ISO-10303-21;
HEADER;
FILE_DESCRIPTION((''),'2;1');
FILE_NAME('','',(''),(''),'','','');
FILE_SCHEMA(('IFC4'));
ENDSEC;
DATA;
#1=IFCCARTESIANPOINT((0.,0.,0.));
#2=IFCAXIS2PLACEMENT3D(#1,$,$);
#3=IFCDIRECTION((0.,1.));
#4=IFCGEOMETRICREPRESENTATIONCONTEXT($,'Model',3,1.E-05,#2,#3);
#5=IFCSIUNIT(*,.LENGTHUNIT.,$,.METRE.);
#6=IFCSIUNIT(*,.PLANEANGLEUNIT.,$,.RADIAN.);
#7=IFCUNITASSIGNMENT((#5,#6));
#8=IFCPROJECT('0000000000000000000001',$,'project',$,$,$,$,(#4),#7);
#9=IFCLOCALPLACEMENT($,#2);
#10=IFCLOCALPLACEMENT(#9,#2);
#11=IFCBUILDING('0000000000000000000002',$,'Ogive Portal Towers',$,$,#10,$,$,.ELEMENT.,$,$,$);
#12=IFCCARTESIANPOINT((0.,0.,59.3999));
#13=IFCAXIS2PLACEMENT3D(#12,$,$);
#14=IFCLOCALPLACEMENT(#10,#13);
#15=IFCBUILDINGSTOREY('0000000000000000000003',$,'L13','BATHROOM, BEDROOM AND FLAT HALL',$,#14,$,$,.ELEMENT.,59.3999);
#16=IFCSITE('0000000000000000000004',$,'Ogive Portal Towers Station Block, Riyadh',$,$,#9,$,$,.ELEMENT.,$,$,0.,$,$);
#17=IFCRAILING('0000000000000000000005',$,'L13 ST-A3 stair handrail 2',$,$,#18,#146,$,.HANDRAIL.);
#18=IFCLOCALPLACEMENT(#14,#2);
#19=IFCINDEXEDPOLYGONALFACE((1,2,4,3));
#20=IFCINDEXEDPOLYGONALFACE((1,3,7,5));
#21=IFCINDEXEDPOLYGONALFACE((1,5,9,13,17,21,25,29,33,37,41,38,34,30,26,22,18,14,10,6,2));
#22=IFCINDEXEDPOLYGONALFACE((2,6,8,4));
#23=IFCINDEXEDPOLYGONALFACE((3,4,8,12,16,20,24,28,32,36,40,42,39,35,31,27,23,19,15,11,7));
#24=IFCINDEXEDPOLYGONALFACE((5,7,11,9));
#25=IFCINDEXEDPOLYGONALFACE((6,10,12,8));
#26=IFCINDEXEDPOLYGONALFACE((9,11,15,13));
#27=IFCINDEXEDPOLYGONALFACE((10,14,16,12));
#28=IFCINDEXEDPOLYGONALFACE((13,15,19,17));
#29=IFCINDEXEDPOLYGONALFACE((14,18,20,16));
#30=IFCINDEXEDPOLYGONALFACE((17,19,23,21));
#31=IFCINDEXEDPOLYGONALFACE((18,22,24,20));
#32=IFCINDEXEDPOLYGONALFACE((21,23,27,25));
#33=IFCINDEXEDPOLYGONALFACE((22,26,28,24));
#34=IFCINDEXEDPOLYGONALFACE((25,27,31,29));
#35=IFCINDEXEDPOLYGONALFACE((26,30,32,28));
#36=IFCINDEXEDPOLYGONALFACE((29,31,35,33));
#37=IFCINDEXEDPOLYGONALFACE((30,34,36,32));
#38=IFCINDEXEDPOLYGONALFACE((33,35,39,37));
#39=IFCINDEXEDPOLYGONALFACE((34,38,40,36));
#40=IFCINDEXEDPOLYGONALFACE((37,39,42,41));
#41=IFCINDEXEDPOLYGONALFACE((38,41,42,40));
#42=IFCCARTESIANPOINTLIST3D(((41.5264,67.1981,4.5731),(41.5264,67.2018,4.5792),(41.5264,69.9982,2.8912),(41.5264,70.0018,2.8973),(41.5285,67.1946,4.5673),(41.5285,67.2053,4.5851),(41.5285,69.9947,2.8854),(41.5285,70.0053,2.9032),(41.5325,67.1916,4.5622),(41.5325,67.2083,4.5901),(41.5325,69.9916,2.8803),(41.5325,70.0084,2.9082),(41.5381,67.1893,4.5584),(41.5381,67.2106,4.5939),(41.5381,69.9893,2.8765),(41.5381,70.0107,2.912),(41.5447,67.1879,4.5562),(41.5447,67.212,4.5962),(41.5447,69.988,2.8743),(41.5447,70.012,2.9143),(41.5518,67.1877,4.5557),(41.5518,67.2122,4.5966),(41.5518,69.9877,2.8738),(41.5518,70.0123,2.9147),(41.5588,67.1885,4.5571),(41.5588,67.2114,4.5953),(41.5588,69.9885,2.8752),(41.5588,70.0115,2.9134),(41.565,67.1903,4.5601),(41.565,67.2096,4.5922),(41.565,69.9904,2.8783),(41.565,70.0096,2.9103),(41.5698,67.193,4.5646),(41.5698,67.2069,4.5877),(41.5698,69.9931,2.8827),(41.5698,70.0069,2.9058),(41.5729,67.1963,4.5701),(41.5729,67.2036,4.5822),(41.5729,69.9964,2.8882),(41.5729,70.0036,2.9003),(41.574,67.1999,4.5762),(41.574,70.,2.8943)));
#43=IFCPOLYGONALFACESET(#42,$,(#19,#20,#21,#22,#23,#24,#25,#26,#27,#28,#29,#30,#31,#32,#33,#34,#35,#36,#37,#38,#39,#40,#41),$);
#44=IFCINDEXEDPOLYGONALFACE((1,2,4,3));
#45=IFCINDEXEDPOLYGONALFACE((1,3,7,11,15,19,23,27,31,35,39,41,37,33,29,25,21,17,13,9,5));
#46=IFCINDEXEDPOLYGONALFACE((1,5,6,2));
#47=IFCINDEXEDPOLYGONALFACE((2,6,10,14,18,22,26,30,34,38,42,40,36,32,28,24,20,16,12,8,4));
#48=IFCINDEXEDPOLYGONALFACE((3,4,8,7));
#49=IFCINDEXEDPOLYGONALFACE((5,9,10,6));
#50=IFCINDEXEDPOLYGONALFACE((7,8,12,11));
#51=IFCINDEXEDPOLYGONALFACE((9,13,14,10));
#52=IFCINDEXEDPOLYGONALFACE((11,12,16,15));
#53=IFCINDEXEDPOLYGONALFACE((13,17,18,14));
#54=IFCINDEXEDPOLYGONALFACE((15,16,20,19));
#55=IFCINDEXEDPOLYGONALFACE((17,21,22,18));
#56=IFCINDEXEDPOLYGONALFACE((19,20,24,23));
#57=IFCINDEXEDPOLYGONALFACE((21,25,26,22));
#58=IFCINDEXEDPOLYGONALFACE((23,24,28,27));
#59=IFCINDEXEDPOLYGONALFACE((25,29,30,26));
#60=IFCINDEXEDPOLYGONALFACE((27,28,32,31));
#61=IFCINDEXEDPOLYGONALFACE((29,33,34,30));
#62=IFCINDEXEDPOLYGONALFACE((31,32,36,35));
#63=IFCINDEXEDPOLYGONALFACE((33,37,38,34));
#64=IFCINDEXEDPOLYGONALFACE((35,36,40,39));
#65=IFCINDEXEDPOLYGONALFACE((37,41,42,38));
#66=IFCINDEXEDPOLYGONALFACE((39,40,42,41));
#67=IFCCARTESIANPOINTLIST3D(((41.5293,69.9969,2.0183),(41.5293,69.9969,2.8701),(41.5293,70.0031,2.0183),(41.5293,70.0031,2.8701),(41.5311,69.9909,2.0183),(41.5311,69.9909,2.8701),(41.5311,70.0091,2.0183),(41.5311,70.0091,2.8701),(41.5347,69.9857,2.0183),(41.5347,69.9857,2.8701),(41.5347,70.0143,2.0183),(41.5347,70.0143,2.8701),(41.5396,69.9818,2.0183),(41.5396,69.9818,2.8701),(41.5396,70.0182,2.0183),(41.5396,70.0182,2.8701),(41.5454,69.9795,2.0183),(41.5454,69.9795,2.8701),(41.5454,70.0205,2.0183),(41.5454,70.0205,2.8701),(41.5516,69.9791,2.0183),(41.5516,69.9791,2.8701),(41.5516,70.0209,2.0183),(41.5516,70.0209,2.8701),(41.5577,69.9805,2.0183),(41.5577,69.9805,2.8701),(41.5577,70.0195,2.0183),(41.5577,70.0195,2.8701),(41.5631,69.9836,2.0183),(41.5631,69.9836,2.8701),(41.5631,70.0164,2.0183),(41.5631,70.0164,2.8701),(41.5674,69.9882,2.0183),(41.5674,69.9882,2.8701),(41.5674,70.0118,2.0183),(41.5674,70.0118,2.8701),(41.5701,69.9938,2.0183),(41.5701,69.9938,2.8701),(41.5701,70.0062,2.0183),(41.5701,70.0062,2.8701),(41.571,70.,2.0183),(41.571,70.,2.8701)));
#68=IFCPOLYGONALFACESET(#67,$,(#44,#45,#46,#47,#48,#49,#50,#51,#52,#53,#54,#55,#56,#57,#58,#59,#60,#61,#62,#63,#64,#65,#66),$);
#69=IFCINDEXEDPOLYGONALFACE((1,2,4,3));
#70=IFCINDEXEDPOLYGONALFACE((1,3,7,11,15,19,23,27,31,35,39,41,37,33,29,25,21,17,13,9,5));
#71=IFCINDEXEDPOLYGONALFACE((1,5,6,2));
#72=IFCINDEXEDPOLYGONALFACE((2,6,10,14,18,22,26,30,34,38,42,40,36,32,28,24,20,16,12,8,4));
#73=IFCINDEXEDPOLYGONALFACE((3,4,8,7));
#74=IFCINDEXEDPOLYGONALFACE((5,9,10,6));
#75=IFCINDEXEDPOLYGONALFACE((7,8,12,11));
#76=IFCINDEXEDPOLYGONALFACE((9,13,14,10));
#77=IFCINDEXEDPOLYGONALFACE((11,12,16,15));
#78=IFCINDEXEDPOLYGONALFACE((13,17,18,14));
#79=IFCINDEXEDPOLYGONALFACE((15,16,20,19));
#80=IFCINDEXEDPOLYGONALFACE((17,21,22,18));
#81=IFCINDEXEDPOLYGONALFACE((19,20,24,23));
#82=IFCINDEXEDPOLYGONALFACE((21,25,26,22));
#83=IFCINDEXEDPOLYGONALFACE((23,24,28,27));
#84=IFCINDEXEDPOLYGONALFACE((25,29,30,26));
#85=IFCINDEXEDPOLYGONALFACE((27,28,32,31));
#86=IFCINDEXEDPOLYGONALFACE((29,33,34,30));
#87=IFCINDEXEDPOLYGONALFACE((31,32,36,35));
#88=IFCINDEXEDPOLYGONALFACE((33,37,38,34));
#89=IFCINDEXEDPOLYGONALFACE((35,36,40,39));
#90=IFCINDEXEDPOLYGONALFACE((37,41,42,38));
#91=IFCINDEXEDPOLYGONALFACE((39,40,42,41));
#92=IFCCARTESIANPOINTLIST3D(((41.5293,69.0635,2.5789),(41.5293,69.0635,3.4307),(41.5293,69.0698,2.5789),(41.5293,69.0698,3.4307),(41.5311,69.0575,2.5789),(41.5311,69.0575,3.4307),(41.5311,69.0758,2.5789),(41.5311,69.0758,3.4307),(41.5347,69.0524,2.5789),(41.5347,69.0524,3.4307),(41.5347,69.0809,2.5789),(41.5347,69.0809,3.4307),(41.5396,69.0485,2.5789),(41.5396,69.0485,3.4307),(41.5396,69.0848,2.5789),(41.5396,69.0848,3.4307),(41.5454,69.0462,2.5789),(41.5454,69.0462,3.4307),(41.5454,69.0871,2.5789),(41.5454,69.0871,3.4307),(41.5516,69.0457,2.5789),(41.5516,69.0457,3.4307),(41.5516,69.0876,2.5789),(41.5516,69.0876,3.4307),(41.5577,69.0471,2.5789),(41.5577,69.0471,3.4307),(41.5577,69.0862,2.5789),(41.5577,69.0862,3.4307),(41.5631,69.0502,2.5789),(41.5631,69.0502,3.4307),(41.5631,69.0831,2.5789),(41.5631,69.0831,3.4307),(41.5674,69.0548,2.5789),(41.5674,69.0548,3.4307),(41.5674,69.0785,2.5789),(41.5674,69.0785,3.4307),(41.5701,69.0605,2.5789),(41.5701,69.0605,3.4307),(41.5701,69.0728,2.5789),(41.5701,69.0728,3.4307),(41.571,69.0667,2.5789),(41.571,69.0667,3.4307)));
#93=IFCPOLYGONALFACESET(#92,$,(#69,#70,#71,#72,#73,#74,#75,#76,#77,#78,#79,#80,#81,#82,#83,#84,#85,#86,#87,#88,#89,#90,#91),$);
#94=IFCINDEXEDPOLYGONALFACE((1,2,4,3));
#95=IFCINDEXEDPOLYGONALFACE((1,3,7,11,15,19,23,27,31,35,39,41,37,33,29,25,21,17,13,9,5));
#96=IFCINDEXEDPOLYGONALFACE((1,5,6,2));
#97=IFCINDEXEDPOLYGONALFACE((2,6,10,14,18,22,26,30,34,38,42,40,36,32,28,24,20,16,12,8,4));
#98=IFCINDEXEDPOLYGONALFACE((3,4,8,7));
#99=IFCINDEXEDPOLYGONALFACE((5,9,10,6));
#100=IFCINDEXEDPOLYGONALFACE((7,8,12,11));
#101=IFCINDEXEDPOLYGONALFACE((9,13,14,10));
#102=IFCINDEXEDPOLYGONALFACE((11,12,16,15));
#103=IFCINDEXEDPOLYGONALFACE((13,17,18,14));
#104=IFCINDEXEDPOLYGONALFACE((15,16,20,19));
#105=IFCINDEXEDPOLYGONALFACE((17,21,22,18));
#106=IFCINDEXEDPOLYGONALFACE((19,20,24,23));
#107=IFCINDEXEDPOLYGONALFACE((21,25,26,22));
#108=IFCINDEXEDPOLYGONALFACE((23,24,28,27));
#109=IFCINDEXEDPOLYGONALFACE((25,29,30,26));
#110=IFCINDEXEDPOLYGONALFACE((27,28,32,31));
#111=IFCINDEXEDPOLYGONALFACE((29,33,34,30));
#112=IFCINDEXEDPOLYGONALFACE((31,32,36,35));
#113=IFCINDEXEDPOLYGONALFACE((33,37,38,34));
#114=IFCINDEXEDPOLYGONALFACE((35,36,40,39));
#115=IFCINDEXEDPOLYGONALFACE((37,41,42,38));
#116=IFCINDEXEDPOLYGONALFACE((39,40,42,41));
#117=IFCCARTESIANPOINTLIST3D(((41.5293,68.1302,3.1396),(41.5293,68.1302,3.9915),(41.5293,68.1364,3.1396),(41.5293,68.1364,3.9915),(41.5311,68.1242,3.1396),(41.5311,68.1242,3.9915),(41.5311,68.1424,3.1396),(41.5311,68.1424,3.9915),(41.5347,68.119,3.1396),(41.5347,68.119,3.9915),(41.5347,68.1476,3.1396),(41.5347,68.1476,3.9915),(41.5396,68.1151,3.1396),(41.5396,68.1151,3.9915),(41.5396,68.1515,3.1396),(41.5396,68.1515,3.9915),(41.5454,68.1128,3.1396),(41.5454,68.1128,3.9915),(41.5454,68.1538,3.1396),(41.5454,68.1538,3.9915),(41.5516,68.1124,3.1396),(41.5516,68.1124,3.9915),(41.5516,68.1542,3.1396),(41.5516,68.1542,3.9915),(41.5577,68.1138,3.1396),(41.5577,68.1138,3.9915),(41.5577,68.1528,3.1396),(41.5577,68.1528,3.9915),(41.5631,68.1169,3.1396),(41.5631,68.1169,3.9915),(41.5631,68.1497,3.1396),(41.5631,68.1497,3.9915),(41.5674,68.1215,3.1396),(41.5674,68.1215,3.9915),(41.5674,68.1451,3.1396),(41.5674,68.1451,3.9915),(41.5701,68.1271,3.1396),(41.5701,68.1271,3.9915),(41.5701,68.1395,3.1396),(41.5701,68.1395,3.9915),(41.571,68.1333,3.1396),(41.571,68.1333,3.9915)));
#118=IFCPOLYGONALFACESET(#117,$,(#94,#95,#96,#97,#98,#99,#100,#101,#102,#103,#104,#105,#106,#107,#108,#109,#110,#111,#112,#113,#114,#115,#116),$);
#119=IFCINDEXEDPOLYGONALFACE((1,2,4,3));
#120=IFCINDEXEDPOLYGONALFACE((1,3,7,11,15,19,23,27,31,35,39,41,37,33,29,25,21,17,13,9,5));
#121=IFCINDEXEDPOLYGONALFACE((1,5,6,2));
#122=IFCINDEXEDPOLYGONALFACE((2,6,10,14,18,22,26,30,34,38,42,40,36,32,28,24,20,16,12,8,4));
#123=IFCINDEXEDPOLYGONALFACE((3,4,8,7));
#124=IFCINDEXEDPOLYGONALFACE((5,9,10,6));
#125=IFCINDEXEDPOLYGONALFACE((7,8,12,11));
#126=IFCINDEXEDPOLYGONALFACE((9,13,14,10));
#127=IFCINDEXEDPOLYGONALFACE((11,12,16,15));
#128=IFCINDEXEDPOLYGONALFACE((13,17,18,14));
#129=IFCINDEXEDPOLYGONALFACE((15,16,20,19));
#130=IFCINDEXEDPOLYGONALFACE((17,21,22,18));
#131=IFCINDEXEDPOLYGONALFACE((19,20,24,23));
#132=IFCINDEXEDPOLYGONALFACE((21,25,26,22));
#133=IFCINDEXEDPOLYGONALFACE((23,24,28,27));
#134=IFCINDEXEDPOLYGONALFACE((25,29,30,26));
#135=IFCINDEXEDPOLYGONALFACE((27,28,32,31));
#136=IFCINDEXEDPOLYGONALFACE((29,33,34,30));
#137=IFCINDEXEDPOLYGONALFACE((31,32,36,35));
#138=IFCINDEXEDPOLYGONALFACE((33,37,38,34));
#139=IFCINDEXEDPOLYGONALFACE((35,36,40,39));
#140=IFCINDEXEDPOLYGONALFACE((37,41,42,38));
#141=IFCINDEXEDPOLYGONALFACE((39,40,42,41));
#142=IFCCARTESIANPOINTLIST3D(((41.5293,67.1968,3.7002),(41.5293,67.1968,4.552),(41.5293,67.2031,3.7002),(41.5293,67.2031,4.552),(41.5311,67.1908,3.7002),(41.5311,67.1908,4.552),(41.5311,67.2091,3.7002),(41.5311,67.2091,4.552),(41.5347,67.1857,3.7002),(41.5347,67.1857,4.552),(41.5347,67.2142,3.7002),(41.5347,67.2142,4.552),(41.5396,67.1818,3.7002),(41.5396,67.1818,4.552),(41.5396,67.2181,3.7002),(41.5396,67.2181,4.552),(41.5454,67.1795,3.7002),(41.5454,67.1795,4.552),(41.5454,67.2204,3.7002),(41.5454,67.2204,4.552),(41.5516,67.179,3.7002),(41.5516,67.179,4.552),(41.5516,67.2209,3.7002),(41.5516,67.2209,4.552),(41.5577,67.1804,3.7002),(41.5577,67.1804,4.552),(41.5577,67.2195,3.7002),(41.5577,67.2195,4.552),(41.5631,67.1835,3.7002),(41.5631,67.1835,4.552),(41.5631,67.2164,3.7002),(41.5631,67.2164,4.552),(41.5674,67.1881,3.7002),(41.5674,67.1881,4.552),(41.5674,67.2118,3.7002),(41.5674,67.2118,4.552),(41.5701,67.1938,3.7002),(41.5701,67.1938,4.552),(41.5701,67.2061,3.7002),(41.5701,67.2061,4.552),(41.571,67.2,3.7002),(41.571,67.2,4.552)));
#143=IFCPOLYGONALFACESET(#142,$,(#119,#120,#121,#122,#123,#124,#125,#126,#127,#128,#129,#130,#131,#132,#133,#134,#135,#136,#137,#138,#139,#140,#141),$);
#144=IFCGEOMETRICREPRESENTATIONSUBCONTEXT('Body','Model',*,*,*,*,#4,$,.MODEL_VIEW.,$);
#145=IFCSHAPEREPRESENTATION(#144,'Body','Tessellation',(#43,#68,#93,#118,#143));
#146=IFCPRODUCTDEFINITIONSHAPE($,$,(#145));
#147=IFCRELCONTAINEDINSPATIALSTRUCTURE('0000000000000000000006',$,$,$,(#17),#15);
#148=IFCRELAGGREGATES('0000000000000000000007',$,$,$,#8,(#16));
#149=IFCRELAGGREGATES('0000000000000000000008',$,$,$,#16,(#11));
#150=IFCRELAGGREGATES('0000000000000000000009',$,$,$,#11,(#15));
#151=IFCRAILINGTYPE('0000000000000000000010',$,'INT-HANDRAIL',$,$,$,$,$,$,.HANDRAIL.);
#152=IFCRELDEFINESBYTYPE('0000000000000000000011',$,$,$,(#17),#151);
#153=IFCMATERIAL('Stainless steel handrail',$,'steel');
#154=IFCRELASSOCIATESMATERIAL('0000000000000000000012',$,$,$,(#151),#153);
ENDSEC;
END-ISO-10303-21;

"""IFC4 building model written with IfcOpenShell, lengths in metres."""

from ifc_helpers import new_model, si_unit, direction, frame, origin, origin_2d, place, context, subcontext, project, spatial, circle, extrude, material, type_object, element, save


model = new_model("IFC4")

# Units and contexts
model_context = context("Model", 3, precision=1e-05, world=origin(), true_north=direction((0.0, 1.0)))
body_context = subcontext(model_context, "Body", "Model", "MODEL_VIEW")
ifc_project = project(units=[si_unit("LENGTHUNIT", "METRE"), si_unit("PLANEANGLEUNIT", "RADIAN")], contexts=[model_context])

# Site, building, storey
site_placement = place(None, origin())
site = spatial("IfcSite", under=ifc_project, at=site_placement, Name="Ogive Portal Towers Station Block, Riyadh", CompositionType="ELEMENT", RefElevation=0.0)
building_placement = place(site_placement, origin())
building = spatial("IfcBuilding", under=site, at=building_placement, Name="Ogive Portal Towers", CompositionType="ELEMENT")
storey_placement = place(building_placement, frame((0.0, 0.0, 59.3999)))
storey = spatial("IfcBuildingStorey", under=building, at=storey_placement, Name="L13", Description="BATHROOM, BEDROOM AND FLAT HALL", CompositionType="ELEMENT", Elevation=59.3999)

# Railing
ifc_material_1 = material(Name="Stainless steel handrail", Category="steel")
railing_type_1 = type_object("IfcRailingType", Name="INT-HANDRAIL", PredefinedType="HANDRAIL", material=ifc_material_1)
railing_1_placement = place(storey_placement, frame((41.55, 70.0, 2.0183)))
element("IfcRailing", 1, at=railing_1_placement, inside=storey, type_object=railing_type_1, Name="L13 ST-A3 stair handrail 2", PredefinedType="HANDRAIL", context=body_context, shape_type="SweptSolid", body=[
    extrude(circle(Radius=0.0239, at=origin_2d()), frame((0.0, 0.0, 0.876), z_axis=(0.0, -0.857242, 0.514913), x_axis=(1.0, 0.0, 0.0)), (0.0, 0.0, 1.0), 3.2664),
    extrude(circle(Radius=0.021, at=origin_2d()), origin(), (0.0, 0.0, 1.0), 0.8518),
    extrude(circle(Radius=0.021, at=origin_2d()), frame((0.0, -0.9333, 0.5605)), (0.0, 0.0, 1.0), 0.8518),
    extrude(circle(Radius=0.021, at=origin_2d()), frame((0.0, -1.8667, 1.1213)), (0.0, 0.0, 1.0), 0.8518),
    extrude(circle(Radius=0.021, at=origin_2d()), frame((0.0, -2.8, 1.6819)), (0.0, 0.0, 1.0), 0.8518),
])

save(model, "model.ifc")
